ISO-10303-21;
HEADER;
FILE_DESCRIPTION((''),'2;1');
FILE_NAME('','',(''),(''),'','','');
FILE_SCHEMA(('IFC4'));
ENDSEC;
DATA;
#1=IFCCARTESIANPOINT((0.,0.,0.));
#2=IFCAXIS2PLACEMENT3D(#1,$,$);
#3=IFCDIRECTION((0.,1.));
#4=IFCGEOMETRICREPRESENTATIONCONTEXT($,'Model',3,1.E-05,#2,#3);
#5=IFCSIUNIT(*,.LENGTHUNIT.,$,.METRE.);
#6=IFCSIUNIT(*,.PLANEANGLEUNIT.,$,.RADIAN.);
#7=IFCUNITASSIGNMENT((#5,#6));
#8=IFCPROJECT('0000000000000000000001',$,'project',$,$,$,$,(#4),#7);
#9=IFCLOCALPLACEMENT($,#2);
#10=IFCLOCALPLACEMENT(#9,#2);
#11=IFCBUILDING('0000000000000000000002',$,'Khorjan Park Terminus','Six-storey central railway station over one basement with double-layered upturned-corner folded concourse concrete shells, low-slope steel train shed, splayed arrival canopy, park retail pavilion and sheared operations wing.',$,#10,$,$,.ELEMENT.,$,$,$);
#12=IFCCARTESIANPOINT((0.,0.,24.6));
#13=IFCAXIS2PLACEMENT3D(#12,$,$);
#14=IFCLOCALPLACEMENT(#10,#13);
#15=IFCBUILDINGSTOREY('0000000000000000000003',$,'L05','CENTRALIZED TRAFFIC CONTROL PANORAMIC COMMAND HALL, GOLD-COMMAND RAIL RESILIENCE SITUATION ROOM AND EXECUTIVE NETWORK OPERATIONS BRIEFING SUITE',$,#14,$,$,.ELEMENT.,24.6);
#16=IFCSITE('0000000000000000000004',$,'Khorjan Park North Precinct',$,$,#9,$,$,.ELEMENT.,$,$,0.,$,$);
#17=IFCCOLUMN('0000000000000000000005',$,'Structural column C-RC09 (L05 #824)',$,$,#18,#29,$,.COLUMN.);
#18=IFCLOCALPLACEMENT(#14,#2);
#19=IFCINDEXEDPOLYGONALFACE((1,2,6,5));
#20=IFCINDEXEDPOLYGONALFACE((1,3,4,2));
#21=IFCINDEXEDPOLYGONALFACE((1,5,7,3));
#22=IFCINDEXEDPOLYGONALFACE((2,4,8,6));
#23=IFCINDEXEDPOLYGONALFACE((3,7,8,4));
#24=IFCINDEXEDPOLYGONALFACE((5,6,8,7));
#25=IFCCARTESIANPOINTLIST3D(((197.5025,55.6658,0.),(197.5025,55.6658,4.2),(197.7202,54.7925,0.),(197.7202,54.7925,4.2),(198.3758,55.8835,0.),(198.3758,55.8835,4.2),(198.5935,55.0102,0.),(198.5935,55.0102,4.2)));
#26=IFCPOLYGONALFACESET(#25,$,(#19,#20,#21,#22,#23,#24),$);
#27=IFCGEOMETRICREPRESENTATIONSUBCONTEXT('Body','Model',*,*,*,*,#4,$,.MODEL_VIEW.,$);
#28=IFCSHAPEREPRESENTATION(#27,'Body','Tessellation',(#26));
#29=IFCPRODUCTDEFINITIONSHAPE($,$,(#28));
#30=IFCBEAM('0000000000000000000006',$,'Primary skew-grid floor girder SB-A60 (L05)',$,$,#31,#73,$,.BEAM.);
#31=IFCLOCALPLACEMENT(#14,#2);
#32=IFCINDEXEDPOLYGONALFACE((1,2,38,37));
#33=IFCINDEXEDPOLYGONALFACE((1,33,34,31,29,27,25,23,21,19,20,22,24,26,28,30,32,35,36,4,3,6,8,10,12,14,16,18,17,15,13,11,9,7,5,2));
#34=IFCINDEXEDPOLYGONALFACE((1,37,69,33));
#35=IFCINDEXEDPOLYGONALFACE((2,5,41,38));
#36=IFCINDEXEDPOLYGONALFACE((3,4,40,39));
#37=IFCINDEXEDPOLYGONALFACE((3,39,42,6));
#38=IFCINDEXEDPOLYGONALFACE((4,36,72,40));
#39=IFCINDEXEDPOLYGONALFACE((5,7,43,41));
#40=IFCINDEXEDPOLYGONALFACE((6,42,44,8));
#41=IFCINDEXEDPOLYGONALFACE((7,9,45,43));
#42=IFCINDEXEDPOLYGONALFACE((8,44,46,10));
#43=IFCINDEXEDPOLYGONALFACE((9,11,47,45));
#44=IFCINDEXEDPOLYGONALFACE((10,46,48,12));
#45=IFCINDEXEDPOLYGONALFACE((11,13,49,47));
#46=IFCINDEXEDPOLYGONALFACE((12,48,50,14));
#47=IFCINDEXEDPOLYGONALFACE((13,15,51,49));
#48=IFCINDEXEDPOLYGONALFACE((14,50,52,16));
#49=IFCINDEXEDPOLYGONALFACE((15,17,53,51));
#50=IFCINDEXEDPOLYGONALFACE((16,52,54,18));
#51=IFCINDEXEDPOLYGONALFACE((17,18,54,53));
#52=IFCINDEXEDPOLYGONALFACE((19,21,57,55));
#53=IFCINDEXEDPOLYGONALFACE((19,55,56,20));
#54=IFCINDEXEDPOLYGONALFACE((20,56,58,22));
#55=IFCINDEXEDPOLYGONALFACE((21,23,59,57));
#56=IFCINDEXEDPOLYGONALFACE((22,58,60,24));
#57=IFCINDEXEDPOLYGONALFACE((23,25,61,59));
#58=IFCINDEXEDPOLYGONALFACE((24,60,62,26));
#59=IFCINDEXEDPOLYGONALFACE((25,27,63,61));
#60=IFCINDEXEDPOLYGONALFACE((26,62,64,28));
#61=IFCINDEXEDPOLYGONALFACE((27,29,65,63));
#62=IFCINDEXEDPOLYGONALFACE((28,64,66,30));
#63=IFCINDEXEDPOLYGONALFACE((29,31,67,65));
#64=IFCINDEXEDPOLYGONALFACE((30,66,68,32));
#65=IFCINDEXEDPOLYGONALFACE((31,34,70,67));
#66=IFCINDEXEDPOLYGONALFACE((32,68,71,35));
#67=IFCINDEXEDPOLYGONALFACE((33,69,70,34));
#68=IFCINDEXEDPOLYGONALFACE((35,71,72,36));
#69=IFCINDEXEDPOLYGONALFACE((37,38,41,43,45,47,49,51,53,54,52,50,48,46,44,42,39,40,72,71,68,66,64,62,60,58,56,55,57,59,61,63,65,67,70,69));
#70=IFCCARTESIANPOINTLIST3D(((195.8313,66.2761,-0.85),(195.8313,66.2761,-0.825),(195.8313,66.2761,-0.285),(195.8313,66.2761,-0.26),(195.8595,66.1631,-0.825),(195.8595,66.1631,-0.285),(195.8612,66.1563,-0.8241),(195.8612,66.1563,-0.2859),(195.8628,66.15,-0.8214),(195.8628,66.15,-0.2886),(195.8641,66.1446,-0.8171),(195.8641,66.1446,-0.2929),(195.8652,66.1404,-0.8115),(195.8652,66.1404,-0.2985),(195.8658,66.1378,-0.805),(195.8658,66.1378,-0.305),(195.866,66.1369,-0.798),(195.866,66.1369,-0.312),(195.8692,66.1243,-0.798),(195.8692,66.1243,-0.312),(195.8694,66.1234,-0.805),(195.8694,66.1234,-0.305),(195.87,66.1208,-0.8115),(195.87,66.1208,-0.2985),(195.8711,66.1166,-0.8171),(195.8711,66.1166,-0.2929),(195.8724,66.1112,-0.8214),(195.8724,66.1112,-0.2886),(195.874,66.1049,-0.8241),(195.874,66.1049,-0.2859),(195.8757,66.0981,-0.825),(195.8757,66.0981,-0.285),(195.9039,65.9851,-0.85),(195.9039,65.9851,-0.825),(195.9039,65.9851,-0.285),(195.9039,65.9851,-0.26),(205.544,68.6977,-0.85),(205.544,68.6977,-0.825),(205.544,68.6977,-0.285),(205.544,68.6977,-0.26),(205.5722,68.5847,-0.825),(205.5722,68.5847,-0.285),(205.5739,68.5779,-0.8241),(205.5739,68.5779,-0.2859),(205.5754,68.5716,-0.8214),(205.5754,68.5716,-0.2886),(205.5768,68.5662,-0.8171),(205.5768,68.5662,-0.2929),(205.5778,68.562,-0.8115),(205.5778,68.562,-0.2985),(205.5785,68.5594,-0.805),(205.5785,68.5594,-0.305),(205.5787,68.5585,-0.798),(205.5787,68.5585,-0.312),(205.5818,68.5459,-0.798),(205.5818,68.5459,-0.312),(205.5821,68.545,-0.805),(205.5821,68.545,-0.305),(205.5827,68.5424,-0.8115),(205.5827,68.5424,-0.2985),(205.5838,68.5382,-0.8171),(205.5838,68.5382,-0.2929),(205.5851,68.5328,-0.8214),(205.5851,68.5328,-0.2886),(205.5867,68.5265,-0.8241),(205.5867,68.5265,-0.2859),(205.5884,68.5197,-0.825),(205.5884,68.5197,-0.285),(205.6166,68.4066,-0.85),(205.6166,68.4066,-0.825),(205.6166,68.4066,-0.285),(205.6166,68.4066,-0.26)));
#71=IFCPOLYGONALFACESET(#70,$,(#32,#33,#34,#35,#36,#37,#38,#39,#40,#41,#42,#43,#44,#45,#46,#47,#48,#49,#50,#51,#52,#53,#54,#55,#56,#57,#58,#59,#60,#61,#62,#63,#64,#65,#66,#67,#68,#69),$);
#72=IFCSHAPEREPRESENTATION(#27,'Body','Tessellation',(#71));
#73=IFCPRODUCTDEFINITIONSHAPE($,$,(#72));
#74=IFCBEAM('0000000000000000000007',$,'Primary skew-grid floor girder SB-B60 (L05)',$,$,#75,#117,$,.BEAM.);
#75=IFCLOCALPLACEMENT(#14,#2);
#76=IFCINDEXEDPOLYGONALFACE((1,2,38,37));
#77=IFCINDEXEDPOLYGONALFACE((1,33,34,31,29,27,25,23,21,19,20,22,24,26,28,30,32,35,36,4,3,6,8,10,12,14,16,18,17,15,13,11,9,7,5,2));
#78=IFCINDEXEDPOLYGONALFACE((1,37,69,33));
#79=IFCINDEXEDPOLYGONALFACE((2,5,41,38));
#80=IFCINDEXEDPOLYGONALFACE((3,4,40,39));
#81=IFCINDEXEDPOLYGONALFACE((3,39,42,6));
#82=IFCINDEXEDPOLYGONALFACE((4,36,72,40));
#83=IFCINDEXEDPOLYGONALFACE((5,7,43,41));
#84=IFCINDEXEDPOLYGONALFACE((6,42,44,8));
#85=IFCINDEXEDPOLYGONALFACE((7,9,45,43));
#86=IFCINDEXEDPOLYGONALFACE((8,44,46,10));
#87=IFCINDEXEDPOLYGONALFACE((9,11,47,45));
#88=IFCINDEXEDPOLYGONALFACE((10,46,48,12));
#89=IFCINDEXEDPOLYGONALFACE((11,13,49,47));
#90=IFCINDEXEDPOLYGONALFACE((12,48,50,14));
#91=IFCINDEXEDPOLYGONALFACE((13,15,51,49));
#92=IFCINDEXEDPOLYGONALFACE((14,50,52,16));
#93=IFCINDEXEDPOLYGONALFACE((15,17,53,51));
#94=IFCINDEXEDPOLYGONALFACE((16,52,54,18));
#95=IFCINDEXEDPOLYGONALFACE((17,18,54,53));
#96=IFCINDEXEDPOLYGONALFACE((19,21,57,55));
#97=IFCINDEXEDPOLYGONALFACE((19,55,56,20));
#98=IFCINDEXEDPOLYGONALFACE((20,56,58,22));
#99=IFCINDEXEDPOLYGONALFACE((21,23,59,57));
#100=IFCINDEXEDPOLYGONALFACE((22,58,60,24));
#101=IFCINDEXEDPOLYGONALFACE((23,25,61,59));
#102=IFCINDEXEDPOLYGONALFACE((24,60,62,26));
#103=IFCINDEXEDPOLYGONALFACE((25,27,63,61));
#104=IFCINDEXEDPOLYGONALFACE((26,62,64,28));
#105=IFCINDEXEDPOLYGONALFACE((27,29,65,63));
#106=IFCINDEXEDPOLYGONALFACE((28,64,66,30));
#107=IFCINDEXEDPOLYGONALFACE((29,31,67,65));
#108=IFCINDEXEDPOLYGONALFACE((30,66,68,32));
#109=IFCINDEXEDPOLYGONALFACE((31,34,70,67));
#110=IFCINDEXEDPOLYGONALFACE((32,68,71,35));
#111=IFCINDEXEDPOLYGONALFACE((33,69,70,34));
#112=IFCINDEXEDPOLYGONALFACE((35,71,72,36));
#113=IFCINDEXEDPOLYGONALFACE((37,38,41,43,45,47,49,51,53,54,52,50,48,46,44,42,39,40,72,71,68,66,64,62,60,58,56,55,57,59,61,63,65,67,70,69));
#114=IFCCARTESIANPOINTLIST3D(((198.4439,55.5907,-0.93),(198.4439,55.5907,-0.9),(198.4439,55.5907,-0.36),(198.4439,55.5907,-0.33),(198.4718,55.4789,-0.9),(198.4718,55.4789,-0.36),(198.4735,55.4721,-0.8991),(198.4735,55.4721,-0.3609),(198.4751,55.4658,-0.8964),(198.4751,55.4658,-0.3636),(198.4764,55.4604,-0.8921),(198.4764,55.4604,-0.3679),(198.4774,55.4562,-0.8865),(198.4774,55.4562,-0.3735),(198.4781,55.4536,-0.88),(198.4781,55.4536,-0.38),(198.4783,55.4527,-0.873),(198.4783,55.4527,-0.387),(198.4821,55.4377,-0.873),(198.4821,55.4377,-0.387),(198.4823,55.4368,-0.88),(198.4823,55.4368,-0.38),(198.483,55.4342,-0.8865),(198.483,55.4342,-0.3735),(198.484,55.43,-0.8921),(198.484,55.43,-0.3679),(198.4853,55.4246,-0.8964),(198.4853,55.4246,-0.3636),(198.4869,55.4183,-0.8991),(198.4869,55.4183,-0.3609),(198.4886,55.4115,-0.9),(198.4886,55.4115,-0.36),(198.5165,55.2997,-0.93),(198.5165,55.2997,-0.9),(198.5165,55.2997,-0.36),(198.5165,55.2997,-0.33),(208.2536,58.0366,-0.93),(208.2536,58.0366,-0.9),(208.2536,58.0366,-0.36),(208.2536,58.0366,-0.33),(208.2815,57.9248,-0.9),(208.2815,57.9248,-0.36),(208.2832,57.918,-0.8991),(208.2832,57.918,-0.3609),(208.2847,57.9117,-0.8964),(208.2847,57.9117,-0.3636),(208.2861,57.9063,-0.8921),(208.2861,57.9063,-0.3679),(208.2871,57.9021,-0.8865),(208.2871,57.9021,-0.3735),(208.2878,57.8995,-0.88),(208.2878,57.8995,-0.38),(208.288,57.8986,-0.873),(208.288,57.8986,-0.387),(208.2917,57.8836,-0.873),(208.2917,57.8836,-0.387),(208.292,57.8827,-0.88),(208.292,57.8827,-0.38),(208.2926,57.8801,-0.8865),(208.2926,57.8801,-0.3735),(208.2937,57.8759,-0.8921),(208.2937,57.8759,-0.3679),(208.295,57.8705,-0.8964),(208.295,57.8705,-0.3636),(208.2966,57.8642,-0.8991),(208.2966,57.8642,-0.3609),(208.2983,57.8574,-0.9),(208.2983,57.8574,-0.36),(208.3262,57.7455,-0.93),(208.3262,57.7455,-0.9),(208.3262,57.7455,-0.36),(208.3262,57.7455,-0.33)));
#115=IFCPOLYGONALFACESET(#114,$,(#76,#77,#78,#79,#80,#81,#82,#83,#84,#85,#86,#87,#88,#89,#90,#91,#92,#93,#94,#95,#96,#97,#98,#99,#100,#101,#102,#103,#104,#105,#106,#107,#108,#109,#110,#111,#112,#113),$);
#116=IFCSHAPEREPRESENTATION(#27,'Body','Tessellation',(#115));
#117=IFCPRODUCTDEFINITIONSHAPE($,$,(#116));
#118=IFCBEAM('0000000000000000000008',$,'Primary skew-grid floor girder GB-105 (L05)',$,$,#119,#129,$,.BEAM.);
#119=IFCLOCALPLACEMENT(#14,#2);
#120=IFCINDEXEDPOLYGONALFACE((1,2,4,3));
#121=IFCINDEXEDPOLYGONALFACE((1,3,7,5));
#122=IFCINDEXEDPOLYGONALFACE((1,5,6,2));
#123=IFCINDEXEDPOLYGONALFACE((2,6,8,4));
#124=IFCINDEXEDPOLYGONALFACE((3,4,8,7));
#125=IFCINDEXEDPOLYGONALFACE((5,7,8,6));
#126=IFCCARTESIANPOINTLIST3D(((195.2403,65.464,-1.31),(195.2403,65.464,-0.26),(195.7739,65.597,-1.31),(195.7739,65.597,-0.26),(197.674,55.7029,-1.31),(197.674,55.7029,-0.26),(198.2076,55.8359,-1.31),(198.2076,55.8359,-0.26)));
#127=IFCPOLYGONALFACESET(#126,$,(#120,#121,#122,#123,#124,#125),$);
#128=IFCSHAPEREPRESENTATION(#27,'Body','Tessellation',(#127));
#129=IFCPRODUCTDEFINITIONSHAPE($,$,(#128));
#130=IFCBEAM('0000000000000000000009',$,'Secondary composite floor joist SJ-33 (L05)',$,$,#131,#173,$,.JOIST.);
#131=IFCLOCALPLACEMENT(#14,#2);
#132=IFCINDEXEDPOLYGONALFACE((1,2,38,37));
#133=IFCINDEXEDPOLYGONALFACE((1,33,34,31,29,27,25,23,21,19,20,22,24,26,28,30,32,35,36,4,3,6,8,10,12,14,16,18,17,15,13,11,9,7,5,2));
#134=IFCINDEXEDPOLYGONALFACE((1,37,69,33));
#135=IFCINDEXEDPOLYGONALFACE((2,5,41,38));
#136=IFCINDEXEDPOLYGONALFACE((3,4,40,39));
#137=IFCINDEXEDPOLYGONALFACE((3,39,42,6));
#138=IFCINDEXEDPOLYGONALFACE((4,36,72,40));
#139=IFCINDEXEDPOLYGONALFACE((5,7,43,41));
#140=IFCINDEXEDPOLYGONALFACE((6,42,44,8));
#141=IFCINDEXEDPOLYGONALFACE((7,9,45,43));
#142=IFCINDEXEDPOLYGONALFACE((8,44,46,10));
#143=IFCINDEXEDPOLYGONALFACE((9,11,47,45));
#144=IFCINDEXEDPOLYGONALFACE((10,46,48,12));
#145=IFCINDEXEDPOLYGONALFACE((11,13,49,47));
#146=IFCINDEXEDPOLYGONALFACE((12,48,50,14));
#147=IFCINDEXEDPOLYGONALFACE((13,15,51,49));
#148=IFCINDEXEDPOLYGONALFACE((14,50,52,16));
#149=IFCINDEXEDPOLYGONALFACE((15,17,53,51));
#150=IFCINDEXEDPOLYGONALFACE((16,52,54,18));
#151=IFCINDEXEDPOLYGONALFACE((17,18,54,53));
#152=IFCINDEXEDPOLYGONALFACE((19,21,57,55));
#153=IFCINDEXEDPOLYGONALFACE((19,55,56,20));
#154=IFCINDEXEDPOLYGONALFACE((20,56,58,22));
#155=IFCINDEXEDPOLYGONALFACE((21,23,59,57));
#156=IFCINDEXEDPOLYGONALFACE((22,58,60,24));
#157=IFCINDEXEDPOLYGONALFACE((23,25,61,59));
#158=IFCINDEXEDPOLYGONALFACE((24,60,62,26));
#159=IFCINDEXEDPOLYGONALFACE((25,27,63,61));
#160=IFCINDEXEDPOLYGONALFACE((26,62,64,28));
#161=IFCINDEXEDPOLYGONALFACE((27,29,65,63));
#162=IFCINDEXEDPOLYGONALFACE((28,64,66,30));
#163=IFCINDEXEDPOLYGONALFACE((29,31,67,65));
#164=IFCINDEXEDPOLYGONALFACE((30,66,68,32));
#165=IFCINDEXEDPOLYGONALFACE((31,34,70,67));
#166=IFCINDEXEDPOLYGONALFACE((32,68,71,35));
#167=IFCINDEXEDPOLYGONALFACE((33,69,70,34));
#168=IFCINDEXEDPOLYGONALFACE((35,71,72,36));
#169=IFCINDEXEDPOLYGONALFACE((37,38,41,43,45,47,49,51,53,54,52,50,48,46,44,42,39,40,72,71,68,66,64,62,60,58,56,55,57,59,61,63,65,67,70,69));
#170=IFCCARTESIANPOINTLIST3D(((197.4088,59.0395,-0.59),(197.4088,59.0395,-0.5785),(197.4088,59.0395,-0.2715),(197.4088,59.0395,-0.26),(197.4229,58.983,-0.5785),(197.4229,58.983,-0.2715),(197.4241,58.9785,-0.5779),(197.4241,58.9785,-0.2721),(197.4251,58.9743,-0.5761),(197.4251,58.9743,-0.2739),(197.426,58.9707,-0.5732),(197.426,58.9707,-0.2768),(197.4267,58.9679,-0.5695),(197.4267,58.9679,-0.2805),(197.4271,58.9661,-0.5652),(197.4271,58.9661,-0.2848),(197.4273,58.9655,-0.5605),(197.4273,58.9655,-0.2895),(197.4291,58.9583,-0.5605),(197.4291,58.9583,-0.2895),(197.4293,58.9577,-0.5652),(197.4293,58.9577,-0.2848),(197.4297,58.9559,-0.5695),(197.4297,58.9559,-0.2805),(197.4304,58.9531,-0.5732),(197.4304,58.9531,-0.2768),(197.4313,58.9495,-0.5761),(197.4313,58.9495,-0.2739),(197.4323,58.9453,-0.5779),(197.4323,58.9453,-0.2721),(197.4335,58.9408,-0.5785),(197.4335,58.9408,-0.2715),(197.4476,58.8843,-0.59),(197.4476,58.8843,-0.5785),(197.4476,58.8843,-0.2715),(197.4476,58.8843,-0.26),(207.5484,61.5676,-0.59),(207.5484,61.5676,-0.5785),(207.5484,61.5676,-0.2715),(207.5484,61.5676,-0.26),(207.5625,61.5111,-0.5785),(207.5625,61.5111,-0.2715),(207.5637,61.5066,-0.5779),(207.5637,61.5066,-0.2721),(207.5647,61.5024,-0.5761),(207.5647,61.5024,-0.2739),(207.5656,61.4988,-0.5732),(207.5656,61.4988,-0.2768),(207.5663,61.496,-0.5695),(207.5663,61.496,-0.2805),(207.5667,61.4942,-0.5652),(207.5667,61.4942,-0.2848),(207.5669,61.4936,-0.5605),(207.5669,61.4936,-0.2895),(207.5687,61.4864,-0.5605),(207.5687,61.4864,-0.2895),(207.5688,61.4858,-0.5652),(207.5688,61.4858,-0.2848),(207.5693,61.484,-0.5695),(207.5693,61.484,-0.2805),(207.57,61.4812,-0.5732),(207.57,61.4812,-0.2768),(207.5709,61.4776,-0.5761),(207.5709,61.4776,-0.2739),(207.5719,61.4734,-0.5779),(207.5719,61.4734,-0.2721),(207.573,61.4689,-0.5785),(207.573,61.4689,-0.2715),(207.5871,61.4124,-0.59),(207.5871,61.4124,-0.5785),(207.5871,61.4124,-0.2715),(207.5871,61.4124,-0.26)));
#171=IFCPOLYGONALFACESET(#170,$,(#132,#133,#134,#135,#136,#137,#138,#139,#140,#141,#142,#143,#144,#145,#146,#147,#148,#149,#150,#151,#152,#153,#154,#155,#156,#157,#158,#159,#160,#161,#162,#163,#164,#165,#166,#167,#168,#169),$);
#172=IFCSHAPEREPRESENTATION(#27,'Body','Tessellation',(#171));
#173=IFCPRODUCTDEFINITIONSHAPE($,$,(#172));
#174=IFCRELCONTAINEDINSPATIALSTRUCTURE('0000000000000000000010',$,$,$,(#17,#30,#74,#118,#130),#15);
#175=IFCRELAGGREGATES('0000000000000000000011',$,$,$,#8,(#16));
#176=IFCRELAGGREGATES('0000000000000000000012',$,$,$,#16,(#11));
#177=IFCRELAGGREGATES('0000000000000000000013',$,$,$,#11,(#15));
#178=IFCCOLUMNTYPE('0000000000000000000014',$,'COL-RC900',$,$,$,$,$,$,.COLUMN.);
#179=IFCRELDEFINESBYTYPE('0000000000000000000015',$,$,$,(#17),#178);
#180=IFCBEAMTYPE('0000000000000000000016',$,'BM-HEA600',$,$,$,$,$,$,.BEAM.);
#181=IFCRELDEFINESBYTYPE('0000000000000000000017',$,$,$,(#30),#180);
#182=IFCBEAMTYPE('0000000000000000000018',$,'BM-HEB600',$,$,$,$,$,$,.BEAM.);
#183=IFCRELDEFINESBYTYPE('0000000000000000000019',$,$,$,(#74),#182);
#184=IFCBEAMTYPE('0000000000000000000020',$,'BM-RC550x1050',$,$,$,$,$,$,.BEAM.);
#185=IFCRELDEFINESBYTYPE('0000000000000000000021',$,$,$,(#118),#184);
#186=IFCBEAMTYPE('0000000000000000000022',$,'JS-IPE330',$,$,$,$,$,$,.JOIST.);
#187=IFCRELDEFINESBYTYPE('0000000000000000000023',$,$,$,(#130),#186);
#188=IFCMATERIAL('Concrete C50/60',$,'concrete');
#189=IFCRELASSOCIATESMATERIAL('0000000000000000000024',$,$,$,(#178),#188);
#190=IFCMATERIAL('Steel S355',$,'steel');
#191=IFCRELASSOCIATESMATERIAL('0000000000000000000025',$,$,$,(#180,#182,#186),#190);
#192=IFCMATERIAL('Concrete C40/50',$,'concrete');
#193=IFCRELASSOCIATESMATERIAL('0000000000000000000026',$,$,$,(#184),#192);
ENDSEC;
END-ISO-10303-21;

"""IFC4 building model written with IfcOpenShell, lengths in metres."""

from ifc_helpers import new_model, si_unit, direction, frame, origin, origin_2d, place, context, subcontext, project, spatial, rectangle, i_section, extrude, material, material_profile, profile_set, type_object, element, save


model = new_model("IFC4")

# Units and contexts
model_context = context("Model", 3, precision=1e-05, world=origin(), true_north=direction((0.0, 1.0)))
body_context = subcontext(model_context, "Body", "Model", "MODEL_VIEW")
ifc_project = project(units=[si_unit("LENGTHUNIT", "METRE"), si_unit("PLANEANGLEUNIT", "RADIAN")], contexts=[model_context])

# Site, building, storey
site_placement = place(None, origin())
site = spatial("IfcSite", under=ifc_project, at=site_placement, Name="Khorjan Park North Precinct", CompositionType="ELEMENT", RefElevation=0.0)
building_placement = place(site_placement, origin())
building = spatial("IfcBuilding", under=site, at=building_placement, Name="Khorjan Park Terminus", Description="Six-storey central railway station over one basement with double-layered upturned-corner folded concourse concrete shells, low-slope steel train shed, splayed arrival canopy, park retail pavilion and sheared operations wing.", CompositionType="ELEMENT")
storey_placement = place(building_placement, frame((0.0, 0.0, 24.6)))
storey = spatial("IfcBuildingStorey", under=building, at=storey_placement, Name="L05", Description="CENTRALIZED TRAFFIC CONTROL PANORAMIC COMMAND HALL, GOLD-COMMAND RAIL RESILIENCE SITUATION ROOM AND EXECUTIVE NETWORK OPERATIONS BRIEFING SUITE", CompositionType="ELEMENT", Elevation=24.6)

# Column
ifc_material_1 = material(Name="Concrete C50/60", Category="concrete")
ifc_material_profile_1 = material_profile(ifc_material_1, rectangle(XDim=0.9, YDim=0.9, at=origin_2d()), Name="RC 900x900")
ifc_profile_set_1 = profile_set([ifc_material_profile_1], Name="Concrete C50/60")
column_type = type_object("IfcColumnType", Name="COL-RC900", PredefinedType="COLUMN", material=ifc_profile_set_1)
column_placement = place(storey_placement, frame((198.048, 55.338, 0.0), z_axis=(0.0, 0.0, 1.0), x_axis=(0.970296, 0.241922, 0.0)))
element("IfcColumn", 1, at=column_placement, inside=storey, type_object=column_type, Name="Structural column C-RC09 (L05 #824)", PredefinedType="COLUMN", context=body_context, shape_type="SweptSolid", body=[
    extrude(rectangle(XDim=0.9, YDim=0.9, at=origin_2d()), origin(), (0.0, 0.0, 1.0), 4.2),
])

# Beams
ifc_material_2 = material(Name="Steel S355", Category="steel")
ifc_material_profile_2 = material_profile(ifc_material_2, i_section(OverallWidth=0.3, OverallDepth=0.59, WebThickness=0.013, FlangeThickness=0.025, FilletRadius=0.027, at=origin_2d()), Name="HEA 600")
ifc_profile_set_2 = profile_set([ifc_material_profile_2], Name="Steel S355")
beam_type_1 = type_object("IfcBeamType", Name="BM-HEA600", PredefinedType="BEAM", material=ifc_profile_set_2)
beam_1_placement = place(storey_placement, frame((195.8676, 66.1306, -0.555), z_axis=(0.970297, 0.241917, 0.0), x_axis=(-0.241917, 0.970297, 0.0)))
element("IfcBeam", 2, at=beam_1_placement, inside=storey, type_object=beam_type_1, Name="Primary skew-grid floor girder SB-A60 (L05)", PredefinedType="BEAM", context=body_context, shape_type="SweptSolid", body=[
    extrude(i_section(OverallWidth=0.3, OverallDepth=0.59, WebThickness=0.013, FlangeThickness=0.025, FilletRadius=0.027, at=origin_2d()), origin(), (0.0, 0.0, 1.0), 10.01),
])
ifc_material_profile_3 = material_profile(ifc_material_2, i_section(OverallWidth=0.3, OverallDepth=0.6, WebThickness=0.0155, FlangeThickness=0.03, FilletRadius=0.027, at=origin_2d()), Name="HEB 600")
ifc_profile_set_3 = profile_set([ifc_material_profile_3], Name="Steel S355")
beam_type_2 = type_object("IfcBeamType", Name="BM-HEB600", PredefinedType="BEAM", material=ifc_profile_set_3)
beam_2_placement = place(storey_placement, frame((198.4802, 55.4452, -0.63), z_axis=(0.970294, 0.241928, 0.0), x_axis=(-0.241928, 0.970294, 0.0)))
element("IfcBeam", 3, at=beam_2_placement, inside=storey, type_object=beam_type_2, Name="Primary skew-grid floor girder SB-B60 (L05)", PredefinedType="BEAM", context=body_context, shape_type="SweptSolid", body=[
    extrude(i_section(OverallWidth=0.3, OverallDepth=0.6, WebThickness=0.0155, FlangeThickness=0.03, FilletRadius=0.027, at=origin_2d()), origin(), (0.0, 0.0, 1.0), 10.11),
])
ifc_material_3 = material(Name="Concrete C40/50", Category="concrete")
ifc_material_profile_4 = material_profile(ifc_material_3, rectangle(XDim=0.55, YDim=1.05, at=origin_2d()), Name="RC 550x1050")
ifc_profile_set_4 = profile_set([ifc_material_profile_4], Name="Concrete C40/50")
beam_type_3 = type_object("IfcBeamType", Name="BM-RC550x1050", PredefinedType="BEAM", material=ifc_profile_set_4)
beam_3_placement = place(storey_placement, frame((197.9408, 55.7694, -0.785), z_axis=(-0.24192, 0.970296, 0.0), x_axis=(-0.970296, -0.24192, 0.0)))
element("IfcBeam", 4, at=beam_3_placement, inside=storey, type_object=beam_type_3, Name="Primary skew-grid floor girder GB-105 (L05)", PredefinedType="BEAM", context=body_context, shape_type="SweptSolid", body=[
    extrude(rectangle(XDim=0.55, YDim=1.05, at=origin_2d()), origin(), (0.0, 0.0, 1.0), 10.0599),
])
ifc_material_profile_5 = material_profile(ifc_material_2, i_section(OverallWidth=0.16, OverallDepth=0.33, WebThickness=0.0075, FlangeThickness=0.0115, FilletRadius=0.018, at=origin_2d()), Name="IPE 330")
ifc_profile_set_5 = profile_set([ifc_material_profile_5], Name="Steel S355")
beam_type_4 = type_object("IfcBeamType", Name="JS-IPE330", PredefinedType="JOIST", material=ifc_profile_set_5)
beam_4_placement = place(storey_placement, frame((197.4282, 58.9619, -0.425), z_axis=(0.970295, 0.241923, 0.0), x_axis=(-0.241923, 0.970295, 0.0)))
element("IfcBeam", 5, at=beam_4_placement, inside=storey, type_object=beam_type_4, Name="Secondary composite floor joist SJ-33 (L05)", PredefinedType="JOIST", context=body_context, shape_type="SweptSolid", body=[
    extrude(i_section(OverallWidth=0.16, OverallDepth=0.33, WebThickness=0.0075, FlangeThickness=0.0115, FilletRadius=0.018, at=origin_2d()), origin(), (0.0, 0.0, 1.0), 10.45),
])

save(model, "model.ifc")
